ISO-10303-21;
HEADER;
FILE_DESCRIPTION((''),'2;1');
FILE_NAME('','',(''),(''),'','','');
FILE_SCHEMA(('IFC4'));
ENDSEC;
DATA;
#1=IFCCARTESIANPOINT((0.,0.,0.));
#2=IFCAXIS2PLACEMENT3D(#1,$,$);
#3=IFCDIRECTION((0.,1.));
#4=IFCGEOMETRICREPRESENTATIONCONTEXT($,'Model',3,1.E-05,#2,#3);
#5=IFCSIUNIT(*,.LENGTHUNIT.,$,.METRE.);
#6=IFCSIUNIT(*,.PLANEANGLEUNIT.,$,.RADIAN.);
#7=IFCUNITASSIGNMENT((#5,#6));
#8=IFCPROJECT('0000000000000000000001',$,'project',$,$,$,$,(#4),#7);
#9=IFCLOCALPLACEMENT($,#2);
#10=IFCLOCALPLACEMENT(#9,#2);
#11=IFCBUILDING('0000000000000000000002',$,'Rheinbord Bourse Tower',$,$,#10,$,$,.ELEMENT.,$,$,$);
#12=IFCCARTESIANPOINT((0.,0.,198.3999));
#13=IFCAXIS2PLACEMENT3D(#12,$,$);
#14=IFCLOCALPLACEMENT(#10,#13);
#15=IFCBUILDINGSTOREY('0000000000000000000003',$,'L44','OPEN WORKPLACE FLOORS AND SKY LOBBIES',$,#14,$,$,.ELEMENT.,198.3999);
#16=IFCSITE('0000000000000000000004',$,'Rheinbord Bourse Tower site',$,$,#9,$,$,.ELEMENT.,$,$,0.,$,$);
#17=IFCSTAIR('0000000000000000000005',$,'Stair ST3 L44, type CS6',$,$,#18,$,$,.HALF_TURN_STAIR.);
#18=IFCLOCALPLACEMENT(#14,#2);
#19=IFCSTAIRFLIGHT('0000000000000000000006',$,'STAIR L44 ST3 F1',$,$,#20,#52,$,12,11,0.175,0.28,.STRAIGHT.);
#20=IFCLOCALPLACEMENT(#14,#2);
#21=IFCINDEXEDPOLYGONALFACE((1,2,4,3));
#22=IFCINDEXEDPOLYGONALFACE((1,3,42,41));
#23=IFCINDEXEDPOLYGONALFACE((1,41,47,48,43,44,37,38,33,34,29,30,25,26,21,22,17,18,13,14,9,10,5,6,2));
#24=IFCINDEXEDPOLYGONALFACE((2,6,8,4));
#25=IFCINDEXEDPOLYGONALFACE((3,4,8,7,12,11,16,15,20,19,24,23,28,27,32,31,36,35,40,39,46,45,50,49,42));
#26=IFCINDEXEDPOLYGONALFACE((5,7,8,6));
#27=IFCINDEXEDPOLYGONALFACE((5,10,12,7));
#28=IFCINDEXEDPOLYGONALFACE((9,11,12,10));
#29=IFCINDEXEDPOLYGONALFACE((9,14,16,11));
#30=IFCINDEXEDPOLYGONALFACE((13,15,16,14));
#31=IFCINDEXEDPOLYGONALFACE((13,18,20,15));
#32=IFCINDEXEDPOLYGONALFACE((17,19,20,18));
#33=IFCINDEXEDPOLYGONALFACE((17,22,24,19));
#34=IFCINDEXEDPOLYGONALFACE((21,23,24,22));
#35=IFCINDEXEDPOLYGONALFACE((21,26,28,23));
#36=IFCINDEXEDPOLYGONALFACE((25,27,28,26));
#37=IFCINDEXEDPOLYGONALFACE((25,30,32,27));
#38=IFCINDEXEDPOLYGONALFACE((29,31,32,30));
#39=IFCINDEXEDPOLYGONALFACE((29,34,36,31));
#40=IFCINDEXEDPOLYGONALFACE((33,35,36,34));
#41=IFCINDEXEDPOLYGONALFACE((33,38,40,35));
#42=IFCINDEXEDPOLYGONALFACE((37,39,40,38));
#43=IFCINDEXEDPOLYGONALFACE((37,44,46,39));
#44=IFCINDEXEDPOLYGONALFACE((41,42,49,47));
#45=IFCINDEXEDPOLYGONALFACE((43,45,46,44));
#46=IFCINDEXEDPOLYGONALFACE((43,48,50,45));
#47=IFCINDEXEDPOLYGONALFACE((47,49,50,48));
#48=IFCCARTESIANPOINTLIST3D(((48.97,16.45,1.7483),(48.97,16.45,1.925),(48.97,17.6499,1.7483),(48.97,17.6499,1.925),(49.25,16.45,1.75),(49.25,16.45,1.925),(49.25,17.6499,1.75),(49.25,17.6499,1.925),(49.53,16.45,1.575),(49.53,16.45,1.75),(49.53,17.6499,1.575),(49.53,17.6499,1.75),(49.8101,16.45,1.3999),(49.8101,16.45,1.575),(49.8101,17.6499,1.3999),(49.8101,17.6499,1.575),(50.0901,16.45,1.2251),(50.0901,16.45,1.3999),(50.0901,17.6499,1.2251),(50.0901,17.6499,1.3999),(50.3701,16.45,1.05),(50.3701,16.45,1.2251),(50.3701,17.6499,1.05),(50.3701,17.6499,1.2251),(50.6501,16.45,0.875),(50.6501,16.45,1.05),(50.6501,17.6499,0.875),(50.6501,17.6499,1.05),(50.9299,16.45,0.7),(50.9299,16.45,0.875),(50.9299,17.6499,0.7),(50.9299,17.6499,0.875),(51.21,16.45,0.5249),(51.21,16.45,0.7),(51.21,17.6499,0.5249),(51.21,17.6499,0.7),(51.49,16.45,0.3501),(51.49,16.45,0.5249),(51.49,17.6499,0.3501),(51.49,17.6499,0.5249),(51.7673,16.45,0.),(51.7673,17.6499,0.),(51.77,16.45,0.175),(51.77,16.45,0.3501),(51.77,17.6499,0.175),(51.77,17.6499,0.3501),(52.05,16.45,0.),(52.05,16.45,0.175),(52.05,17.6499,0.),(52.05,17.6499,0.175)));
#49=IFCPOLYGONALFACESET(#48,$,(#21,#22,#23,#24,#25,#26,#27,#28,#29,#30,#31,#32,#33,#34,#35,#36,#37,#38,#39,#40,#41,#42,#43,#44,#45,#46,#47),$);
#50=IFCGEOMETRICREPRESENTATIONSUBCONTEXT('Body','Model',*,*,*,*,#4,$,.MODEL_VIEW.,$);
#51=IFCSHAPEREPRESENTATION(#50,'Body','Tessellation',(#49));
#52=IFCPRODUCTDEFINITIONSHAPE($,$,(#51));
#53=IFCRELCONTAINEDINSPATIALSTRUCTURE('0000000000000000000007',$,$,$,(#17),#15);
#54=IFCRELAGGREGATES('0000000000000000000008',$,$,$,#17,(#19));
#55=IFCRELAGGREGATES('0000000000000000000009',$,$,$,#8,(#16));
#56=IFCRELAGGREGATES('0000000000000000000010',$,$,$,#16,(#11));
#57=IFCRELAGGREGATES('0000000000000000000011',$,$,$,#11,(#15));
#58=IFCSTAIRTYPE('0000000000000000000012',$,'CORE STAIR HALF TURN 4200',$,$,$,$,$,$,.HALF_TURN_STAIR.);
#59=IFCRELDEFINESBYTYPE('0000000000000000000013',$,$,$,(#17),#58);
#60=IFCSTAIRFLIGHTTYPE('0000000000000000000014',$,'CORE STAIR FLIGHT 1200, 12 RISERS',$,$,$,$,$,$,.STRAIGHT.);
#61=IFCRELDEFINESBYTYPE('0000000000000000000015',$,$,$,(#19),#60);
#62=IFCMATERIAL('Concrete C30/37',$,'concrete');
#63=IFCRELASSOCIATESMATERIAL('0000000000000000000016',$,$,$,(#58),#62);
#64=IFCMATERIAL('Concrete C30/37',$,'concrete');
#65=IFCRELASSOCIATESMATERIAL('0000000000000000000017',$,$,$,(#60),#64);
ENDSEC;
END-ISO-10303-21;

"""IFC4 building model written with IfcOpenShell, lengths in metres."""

from ifc_helpers import new_model, si_unit, direction, frame, origin, place, context, subcontext, project, spatial, polyline, outline, extrude, material, type_object, element, aggregate, save


model = new_model("IFC4")

# Units and contexts
model_context = context("Model", 3, precision=1e-05, world=origin(), true_north=direction((0.0, 1.0)))
body_context = subcontext(model_context, "Body", "Model", "MODEL_VIEW")
ifc_project = project(units=[si_unit("LENGTHUNIT", "METRE"), si_unit("PLANEANGLEUNIT", "RADIAN")], contexts=[model_context])

# Site, building, storey
site_placement = place(None, origin())
site = spatial("IfcSite", under=ifc_project, at=site_placement, Name="Rheinbord Bourse Tower site", CompositionType="ELEMENT", RefElevation=0.0)
building_placement = place(site_placement, origin())
building = spatial("IfcBuilding", under=site, at=building_placement, Name="Rheinbord Bourse Tower", CompositionType="ELEMENT")
storey_placement = place(building_placement, frame((0.0, 0.0, 198.3999)))
storey = spatial("IfcBuildingStorey", under=building, at=storey_placement, Name="L44", Description="OPEN WORKPLACE FLOORS AND SKY LOBBIES", CompositionType="ELEMENT", Elevation=198.3999)

# Stair, stair flight
ifc_material_1 = material(Name="Concrete C30/37", Category="concrete")
stair_type = type_object("IfcStairType", Name="CORE STAIR HALF TURN 4200", PredefinedType="HALF_TURN_STAIR", material=ifc_material_1)
stair_placement = place(storey_placement, origin())
stair = element("IfcStair", 1, at=stair_placement, inside=storey, type_object=stair_type, Name="Stair ST3 L44, type CS6", PredefinedType="HALF_TURN_STAIR")
ifc_material_2 = material(Name="Concrete C30/37", Category="concrete")
stair_flight_type = type_object("IfcStairFlightType", Name="CORE STAIR FLIGHT 1200, 12 RISERS", PredefinedType="STRAIGHT", material=ifc_material_2)
stair_flight_placement = place(storey_placement, frame((52.05, 17.05, 0.0), z_axis=(0.0, 0.0, 1.0), x_axis=(-1.0, 0.0, 0.0)))
stair_flight = element("IfcStairFlight", 2, at=stair_flight_placement, type_object=stair_flight_type, Name="STAIR L44 ST3 F1", NumberOfRisers=12, NumberOfTreads=11, PredefinedType="STRAIGHT", RiserHeight=0.175, TreadLength=0.28, context=body_context, shape_type="SweptSolid", body=[
    extrude(outline(polyline([(0.0, 0.0), (0.0, 0.175), (0.28, 0.175), (0.28, 0.3501), (0.5601, 0.3501), (0.5601, 0.5249), (0.8401, 0.5249), (0.8401, 0.7), (1.1201, 0.7), (1.1201, 0.875), (1.3999, 0.875), (1.3999, 1.05), (1.6799, 1.05), (1.6799, 1.2251), (1.96, 1.2251), (1.96, 1.3999), (2.24, 1.3999), (2.24, 1.575), (2.52, 1.575), (2.52, 1.75), (2.8, 1.75), (2.8, 1.925), (3.0801, 1.925), (3.0801, 2.1001), (3.0801, 1.7483), (0.2827, 0.0), (0.0, 0.0)])), frame((0.0, 0.6001, 0.0), z_axis=(0.0, -1.0, 0.0), x_axis=(1.0, 0.0, 0.0)), (0.0, 0.0, 1.0), 1.2),
])
aggregate(stair, [stair_flight])

save(model, "model.ifc")
